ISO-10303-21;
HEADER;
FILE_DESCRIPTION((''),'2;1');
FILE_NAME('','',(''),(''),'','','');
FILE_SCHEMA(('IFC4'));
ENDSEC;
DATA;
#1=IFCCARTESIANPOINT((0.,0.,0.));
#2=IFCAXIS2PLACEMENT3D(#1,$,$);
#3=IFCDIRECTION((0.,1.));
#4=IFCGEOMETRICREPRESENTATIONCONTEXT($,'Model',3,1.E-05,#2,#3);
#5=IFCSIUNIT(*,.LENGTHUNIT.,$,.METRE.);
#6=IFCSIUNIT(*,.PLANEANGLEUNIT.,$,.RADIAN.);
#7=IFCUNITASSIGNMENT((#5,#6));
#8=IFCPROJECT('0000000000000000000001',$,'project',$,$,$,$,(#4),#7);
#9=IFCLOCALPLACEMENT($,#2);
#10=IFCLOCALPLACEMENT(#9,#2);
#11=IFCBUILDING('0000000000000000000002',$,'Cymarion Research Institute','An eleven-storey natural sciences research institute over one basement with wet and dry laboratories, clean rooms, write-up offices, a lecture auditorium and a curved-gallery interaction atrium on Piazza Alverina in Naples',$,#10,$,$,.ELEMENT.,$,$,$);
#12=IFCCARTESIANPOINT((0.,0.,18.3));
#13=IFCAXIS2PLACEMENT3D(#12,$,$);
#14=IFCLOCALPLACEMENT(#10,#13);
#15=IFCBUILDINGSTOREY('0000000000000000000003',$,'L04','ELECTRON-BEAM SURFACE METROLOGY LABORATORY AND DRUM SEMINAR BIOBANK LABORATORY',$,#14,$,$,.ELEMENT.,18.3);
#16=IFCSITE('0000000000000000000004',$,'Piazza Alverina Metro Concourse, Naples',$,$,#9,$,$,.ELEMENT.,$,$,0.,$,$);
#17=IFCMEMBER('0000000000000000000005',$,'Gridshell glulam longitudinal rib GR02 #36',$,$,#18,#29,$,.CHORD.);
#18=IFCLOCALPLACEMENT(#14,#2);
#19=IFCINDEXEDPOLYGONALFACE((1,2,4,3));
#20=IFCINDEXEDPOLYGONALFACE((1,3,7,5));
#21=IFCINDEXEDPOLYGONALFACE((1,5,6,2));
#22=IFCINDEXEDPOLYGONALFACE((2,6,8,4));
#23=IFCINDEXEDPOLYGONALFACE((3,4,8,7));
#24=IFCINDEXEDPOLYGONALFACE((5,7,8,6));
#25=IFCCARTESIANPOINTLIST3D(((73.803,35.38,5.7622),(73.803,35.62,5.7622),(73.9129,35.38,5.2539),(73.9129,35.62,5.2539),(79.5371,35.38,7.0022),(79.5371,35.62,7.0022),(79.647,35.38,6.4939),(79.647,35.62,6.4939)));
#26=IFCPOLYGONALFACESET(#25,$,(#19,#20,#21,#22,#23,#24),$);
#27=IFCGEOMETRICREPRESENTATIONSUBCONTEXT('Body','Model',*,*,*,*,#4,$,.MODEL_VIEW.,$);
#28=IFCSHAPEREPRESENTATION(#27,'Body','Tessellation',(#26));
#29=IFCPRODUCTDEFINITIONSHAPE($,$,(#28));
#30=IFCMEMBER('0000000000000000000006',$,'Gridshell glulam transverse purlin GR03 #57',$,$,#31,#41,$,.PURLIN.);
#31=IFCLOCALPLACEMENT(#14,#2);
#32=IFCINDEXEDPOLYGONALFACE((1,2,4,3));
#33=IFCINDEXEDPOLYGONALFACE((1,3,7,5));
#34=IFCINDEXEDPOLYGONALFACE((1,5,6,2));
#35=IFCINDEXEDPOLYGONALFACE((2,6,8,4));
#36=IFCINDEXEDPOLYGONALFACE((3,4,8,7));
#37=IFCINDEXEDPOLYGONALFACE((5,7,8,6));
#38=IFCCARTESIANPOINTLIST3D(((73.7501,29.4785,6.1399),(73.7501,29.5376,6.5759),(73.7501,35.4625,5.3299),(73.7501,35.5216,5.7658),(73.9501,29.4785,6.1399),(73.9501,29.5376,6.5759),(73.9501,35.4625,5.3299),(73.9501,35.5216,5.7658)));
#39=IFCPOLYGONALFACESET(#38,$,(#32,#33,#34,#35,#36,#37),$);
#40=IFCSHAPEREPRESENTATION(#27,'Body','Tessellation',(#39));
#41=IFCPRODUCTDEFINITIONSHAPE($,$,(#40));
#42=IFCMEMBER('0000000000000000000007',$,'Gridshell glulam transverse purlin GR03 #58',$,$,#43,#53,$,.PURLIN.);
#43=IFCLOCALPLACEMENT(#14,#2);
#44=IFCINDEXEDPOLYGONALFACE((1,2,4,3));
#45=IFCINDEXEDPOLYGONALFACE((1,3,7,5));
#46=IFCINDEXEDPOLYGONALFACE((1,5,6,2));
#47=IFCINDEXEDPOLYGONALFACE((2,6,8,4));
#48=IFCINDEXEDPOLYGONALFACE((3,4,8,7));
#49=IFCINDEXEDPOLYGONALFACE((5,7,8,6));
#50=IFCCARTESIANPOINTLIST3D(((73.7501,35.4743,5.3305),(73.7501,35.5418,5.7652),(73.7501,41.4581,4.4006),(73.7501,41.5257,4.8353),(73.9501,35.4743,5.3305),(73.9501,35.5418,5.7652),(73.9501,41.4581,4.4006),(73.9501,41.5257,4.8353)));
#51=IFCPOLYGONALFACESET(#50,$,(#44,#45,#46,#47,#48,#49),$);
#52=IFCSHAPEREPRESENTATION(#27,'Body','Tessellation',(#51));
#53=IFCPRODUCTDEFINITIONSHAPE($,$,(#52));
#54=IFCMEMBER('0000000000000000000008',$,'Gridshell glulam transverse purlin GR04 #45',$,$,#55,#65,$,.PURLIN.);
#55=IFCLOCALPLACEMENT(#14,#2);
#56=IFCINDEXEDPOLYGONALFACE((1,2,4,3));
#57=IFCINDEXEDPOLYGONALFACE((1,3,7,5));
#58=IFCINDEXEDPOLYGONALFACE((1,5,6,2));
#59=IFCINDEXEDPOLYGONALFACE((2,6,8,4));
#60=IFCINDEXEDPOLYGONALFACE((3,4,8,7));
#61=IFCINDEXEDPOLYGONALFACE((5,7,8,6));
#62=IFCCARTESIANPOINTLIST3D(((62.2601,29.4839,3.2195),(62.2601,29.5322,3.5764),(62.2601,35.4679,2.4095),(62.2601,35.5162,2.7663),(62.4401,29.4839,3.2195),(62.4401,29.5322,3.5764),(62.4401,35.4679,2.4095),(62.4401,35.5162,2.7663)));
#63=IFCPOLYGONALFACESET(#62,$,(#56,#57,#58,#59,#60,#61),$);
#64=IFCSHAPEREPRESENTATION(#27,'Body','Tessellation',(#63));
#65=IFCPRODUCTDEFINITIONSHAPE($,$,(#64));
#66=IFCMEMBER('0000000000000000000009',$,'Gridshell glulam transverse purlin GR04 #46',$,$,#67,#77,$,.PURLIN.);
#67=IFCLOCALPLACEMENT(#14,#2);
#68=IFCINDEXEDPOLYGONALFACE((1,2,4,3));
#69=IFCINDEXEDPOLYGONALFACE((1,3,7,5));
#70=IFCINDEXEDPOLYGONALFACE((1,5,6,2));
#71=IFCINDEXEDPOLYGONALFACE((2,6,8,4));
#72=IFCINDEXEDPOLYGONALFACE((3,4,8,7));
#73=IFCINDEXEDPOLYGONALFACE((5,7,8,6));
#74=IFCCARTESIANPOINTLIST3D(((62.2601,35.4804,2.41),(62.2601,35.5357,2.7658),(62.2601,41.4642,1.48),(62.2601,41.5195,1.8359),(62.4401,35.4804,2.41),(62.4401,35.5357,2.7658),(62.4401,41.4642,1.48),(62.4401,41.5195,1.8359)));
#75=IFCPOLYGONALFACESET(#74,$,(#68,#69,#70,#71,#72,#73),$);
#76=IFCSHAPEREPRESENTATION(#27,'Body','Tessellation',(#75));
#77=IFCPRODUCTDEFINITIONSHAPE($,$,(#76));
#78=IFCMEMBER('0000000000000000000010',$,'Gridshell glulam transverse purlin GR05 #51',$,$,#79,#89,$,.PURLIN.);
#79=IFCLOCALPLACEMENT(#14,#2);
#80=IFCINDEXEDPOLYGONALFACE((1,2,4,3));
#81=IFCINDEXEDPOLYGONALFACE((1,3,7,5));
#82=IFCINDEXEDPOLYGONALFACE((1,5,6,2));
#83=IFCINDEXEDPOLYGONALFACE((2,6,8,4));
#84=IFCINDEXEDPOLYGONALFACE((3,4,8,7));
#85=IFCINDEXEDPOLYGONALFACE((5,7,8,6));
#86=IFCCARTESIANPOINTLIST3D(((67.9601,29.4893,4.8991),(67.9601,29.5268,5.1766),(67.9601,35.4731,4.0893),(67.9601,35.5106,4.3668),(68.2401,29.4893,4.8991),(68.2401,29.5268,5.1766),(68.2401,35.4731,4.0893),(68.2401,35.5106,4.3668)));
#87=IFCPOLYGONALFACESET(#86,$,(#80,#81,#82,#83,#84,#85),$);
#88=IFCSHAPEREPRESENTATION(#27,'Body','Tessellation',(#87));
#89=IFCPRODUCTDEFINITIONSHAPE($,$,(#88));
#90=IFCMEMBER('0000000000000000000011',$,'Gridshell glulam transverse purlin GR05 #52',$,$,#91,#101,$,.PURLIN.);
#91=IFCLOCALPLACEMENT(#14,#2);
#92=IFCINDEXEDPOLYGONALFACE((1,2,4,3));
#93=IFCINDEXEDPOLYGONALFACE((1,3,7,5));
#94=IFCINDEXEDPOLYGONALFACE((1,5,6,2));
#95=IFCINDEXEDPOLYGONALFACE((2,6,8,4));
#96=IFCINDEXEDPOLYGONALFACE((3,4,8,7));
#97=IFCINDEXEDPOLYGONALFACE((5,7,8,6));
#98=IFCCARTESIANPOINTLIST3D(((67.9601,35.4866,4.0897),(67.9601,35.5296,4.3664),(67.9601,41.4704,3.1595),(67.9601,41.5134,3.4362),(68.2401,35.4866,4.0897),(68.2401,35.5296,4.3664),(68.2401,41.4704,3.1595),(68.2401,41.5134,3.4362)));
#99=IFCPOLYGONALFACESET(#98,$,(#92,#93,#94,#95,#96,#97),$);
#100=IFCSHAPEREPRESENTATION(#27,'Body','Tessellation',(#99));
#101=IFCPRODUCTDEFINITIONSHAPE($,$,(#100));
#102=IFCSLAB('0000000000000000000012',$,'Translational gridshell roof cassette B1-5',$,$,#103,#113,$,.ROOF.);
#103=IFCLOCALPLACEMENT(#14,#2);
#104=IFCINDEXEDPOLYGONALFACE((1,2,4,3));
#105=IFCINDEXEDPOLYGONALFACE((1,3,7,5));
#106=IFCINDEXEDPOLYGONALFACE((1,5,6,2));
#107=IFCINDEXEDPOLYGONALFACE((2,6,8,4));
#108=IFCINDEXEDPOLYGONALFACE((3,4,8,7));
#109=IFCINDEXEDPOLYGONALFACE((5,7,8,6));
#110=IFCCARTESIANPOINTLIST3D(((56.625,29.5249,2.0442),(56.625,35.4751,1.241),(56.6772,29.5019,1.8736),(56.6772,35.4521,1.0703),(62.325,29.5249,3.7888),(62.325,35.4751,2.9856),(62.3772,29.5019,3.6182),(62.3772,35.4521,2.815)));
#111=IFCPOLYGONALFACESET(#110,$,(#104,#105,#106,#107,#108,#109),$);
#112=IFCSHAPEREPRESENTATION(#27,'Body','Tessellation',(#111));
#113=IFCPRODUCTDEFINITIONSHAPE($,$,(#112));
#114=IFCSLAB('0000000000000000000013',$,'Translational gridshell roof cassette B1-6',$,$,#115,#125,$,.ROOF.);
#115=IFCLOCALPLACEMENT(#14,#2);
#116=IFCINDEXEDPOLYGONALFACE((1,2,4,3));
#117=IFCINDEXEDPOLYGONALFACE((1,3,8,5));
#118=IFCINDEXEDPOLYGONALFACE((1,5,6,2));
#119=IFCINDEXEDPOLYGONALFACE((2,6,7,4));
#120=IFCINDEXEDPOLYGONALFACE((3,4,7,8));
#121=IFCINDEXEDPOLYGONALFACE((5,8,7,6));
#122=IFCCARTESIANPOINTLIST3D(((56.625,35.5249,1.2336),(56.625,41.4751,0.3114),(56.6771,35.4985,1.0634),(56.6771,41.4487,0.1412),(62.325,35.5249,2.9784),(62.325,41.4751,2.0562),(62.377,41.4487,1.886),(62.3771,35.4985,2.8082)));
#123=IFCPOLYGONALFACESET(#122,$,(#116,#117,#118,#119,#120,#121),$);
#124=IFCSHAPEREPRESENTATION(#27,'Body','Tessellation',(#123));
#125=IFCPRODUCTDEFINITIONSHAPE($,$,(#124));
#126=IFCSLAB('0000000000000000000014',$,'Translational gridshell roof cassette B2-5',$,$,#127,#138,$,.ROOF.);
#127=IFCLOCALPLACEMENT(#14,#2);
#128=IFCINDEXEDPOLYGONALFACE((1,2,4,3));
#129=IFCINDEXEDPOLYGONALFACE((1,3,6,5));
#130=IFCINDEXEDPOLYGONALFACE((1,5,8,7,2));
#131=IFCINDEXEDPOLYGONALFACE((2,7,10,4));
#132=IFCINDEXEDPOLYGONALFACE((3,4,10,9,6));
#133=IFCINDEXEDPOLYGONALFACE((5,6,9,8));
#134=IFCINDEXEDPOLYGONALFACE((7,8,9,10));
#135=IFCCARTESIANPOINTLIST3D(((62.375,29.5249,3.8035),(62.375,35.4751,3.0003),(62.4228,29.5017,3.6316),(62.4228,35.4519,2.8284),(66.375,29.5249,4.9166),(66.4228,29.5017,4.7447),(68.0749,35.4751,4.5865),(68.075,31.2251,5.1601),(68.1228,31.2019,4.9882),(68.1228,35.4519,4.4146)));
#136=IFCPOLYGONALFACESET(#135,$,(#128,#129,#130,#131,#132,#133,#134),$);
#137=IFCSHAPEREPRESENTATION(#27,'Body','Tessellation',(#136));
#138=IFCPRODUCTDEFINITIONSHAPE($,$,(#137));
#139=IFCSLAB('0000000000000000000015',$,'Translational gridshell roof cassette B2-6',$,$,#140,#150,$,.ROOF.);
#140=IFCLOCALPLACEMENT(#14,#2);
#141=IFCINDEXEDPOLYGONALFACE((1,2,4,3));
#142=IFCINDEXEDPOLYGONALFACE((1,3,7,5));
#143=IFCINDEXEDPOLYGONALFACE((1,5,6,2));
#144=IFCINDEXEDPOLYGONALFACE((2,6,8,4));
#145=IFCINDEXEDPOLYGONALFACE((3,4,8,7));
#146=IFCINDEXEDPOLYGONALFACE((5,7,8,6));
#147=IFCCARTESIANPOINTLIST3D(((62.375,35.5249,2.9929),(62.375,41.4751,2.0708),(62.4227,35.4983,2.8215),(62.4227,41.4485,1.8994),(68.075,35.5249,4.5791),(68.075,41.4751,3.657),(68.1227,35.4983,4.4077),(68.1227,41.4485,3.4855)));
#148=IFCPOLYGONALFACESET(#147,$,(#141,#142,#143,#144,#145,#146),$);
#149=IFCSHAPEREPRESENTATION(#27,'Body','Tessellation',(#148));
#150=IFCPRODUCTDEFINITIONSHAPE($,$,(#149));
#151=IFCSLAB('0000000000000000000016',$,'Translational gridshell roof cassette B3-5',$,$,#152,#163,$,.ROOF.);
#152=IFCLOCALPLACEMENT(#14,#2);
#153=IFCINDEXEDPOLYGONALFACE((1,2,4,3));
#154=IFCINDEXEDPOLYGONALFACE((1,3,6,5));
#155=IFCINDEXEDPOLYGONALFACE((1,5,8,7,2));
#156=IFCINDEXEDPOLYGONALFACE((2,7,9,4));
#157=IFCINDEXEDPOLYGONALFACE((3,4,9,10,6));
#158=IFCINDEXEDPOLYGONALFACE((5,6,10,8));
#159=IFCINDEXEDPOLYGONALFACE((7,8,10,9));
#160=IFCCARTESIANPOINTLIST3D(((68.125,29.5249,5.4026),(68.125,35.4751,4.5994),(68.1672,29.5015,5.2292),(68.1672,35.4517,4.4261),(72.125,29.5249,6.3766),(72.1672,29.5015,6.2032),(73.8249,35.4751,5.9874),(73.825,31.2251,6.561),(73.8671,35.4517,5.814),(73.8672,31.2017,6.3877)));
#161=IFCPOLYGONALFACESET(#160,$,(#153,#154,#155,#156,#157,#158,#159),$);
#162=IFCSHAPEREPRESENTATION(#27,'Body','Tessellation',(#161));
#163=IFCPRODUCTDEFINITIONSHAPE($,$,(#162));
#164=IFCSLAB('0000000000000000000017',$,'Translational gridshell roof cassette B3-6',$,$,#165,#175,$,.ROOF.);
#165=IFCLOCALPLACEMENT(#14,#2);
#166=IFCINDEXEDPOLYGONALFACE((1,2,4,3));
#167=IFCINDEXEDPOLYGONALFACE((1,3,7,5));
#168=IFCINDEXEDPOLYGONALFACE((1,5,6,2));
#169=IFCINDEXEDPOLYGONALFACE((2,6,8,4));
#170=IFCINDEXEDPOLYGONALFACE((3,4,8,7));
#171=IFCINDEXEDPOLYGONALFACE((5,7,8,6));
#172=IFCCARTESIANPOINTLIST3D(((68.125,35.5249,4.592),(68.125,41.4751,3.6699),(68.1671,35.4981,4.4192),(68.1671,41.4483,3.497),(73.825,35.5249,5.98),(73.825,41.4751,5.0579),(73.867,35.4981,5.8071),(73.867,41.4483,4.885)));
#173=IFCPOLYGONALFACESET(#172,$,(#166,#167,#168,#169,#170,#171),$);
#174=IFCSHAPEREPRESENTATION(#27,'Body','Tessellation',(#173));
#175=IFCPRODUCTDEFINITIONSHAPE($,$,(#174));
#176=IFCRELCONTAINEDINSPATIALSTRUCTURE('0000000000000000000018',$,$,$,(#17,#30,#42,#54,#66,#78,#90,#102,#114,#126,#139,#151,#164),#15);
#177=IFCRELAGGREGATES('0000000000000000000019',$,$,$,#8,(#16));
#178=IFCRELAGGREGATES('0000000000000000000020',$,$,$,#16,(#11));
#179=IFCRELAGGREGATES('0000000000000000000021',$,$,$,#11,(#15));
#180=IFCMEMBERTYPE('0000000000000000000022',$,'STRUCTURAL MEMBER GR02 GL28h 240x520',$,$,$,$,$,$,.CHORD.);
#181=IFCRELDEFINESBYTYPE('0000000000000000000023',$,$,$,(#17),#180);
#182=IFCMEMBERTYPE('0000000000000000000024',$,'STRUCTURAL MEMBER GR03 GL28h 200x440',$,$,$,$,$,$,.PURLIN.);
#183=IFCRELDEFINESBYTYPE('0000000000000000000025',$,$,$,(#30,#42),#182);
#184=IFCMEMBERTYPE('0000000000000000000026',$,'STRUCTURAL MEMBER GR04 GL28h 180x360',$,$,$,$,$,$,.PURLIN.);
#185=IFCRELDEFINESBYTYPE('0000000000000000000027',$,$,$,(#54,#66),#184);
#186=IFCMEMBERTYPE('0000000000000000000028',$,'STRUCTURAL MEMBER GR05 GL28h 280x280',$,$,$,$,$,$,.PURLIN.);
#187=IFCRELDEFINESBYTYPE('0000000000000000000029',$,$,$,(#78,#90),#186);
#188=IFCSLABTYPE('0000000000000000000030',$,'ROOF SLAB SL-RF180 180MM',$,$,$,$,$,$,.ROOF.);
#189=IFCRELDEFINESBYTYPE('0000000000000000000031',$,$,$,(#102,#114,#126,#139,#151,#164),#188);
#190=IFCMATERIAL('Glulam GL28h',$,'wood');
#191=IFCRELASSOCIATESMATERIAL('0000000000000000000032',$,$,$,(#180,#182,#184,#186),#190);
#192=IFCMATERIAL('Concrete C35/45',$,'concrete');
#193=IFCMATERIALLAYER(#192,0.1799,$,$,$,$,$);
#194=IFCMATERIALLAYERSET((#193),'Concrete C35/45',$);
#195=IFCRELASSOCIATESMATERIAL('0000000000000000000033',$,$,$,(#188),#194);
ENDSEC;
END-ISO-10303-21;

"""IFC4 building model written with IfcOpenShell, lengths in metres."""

from ifc_helpers import new_model, si_unit, direction, frame, origin, origin_2d, place, context, subcontext, project, spatial, polyline, rectangle, outline, extrude, material, layer, layer_set, material_profile, profile_set, type_object, element, save


model = new_model("IFC4")

# Units and contexts
model_context = context("Model", 3, precision=1e-05, world=origin(), true_north=direction((0.0, 1.0)))
body_context = subcontext(model_context, "Body", "Model", "MODEL_VIEW")
ifc_project = project(units=[si_unit("LENGTHUNIT", "METRE"), si_unit("PLANEANGLEUNIT", "RADIAN")], contexts=[model_context])

# Site, building, storey
site_placement = place(None, origin())
site = spatial("IfcSite", under=ifc_project, at=site_placement, Name="Piazza Alverina Metro Concourse, Naples", CompositionType="ELEMENT", RefElevation=0.0)
building_placement = place(site_placement, origin())
building = spatial("IfcBuilding", under=site, at=building_placement, Name="Cymarion Research Institute", Description="An eleven-storey natural sciences research institute over one basement with wet and dry laboratories, clean rooms, write-up offices, a lecture auditorium and a curved-gallery interaction atrium on Piazza Alverina in Naples", CompositionType="ELEMENT")
storey_placement = place(building_placement, frame((0.0, 0.0, 18.3)))
storey = spatial("IfcBuildingStorey", under=building, at=storey_placement, Name="L04", Description="ELECTRON-BEAM SURFACE METROLOGY LABORATORY AND DRUM SEMINAR BIOBANK LABORATORY", CompositionType="ELEMENT", Elevation=18.3)

# Members
ifc_material_1 = material(Name="Glulam GL28h", Category="wood")
ifc_material_profile_1 = material_profile(ifc_material_1, rectangle(XDim=0.24, YDim=0.52, at=origin_2d()), Name="GL28h 240x520")
ifc_profile_set_1 = profile_set([ifc_material_profile_1], Name="Glulam GL28h")
member_type_1 = type_object("IfcMemberType", Name="STRUCTURAL MEMBER GR02 GL28h 240x520", PredefinedType="CHORD", material=ifc_profile_set_1)
member_1_placement = place(storey_placement, frame((73.8579, 35.5, 5.5081), z_axis=(0.977408, 0.0, 0.211362), x_axis=(0.0, 1.0, 0.0)))
element("IfcMember", 1, at=member_1_placement, inside=storey, type_object=member_type_1, Name="Gridshell glulam longitudinal rib GR02 #36", PredefinedType="CHORD", context=body_context, shape_type="SweptSolid", body=[
    extrude(rectangle(XDim=0.24, YDim=0.52, at=origin_2d()), origin(), (0.0, 0.0, 1.0), 5.8667),
])
ifc_material_profile_2 = material_profile(ifc_material_1, rectangle(XDim=0.2, YDim=0.4399, at=origin_2d()), Name="GL28h 200x440")
ifc_profile_set_2 = profile_set([ifc_material_profile_2], Name="Glulam GL28h")
member_type_2 = type_object("IfcMemberType", Name="STRUCTURAL MEMBER GR03 GL28h 200x440", PredefinedType="PURLIN", material=ifc_profile_set_2)
member_2_placement = place(storey_placement, frame((73.8501, 29.5081, 6.3579), z_axis=(0.0, 0.990961, -0.13415), x_axis=(-1.0, 0.0, 0.0)))
element("IfcMember", 2, at=member_2_placement, inside=storey, type_object=member_type_2, Name="Gridshell glulam transverse purlin GR03 #57", PredefinedType="PURLIN", context=body_context, shape_type="SweptSolid", body=[
    extrude(rectangle(XDim=0.2, YDim=0.4399, at=origin_2d()), origin(), (0.0, 0.0, 1.0), 6.0386),
])
member_3_placement = place(storey_placement, frame((73.8501, 35.5081, 5.5479), z_axis=(0.0, 0.988139, -0.153563), x_axis=(-1.0, 0.0, 0.0)))
element("IfcMember", 3, at=member_3_placement, inside=storey, type_object=member_type_2, Name="Gridshell glulam transverse purlin GR03 #58", PredefinedType="PURLIN", context=body_context, shape_type="SweptSolid", body=[
    extrude(rectangle(XDim=0.2, YDim=0.4399, at=origin_2d()), origin(), (0.0, 0.0, 1.0), 6.0557),
])
ifc_material_profile_3 = material_profile(ifc_material_1, rectangle(XDim=0.1799, YDim=0.3601, at=origin_2d()), Name="GL28h 180x360")
ifc_profile_set_3 = profile_set([ifc_material_profile_3], Name="Glulam GL28h")
member_type_3 = type_object("IfcMemberType", Name="STRUCTURAL MEMBER GR04 GL28h 180x360", PredefinedType="PURLIN", material=ifc_profile_set_3)
member_4_placement = place(storey_placement, frame((62.3501, 29.5081, 3.3979), z_axis=(0.0, 0.990961, -0.13415), x_axis=(-1.0, 0.0, 0.0)))
element("IfcMember", 4, at=member_4_placement, inside=storey, type_object=member_type_3, Name="Gridshell glulam transverse purlin GR04 #45", PredefinedType="PURLIN", context=body_context, shape_type="SweptSolid", body=[
    extrude(rectangle(XDim=0.1799, YDim=0.3601, at=origin_2d()), origin(), (0.0, 0.0, 1.0), 6.0386),
])
member_5_placement = place(storey_placement, frame((62.3501, 35.5081, 2.5879), z_axis=(0.0, 0.988139, -0.153563), x_axis=(-1.0, 0.0, 0.0)))
element("IfcMember", 5, at=member_5_placement, inside=storey, type_object=member_type_3, Name="Gridshell glulam transverse purlin GR04 #46", PredefinedType="PURLIN", context=body_context, shape_type="SweptSolid", body=[
    extrude(rectangle(XDim=0.1799, YDim=0.3601, at=origin_2d()), origin(), (0.0, 0.0, 1.0), 6.0557),
])
ifc_material_profile_4 = material_profile(ifc_material_1, rectangle(XDim=0.28, YDim=0.28, at=origin_2d()), Name="GL28h 280x280")
ifc_profile_set_4 = profile_set([ifc_material_profile_4], Name="Glulam GL28h")
member_type_4 = type_object("IfcMemberType", Name="STRUCTURAL MEMBER GR05 GL28h 280x280", PredefinedType="PURLIN", material=ifc_profile_set_4)
member_6_placement = place(storey_placement, frame((68.1001, 29.5081, 5.0378), z_axis=(0.0, 0.990966, -0.13411), x_axis=(-1.0, 0.0, 0.0)))
element("IfcMember", 6, at=member_6_placement, inside=storey, type_object=member_type_4, Name="Gridshell glulam transverse purlin GR05 #51", PredefinedType="PURLIN", context=body_context, shape_type="SweptSolid", body=[
    extrude(rectangle(XDim=0.28, YDim=0.28, at=origin_2d()), origin(), (0.0, 0.0, 1.0), 6.0383),
])
member_7_placement = place(storey_placement, frame((68.1001, 35.5081, 4.228), z_axis=(0.0, 0.988133, -0.153602), x_axis=(-1.0, 0.0, 0.0)))
element("IfcMember", 7, at=member_7_placement, inside=storey, type_object=member_type_4, Name="Gridshell glulam transverse purlin GR05 #52", PredefinedType="PURLIN", context=body_context, shape_type="SweptSolid", body=[
    extrude(rectangle(XDim=0.28, YDim=0.28, at=origin_2d()), origin(), (0.0, 0.0, 1.0), 6.0557),
])

# Slabs
ifc_material_2 = material(Name="Concrete C35/45", Category="concrete")
ifc_layer_1 = layer(ifc_material_2, 0.1799)
ifc_layer_set_1 = layer_set([ifc_layer_1], Name="Concrete C35/45")
slab_type = type_object("IfcSlabType", Name="ROOF SLAB SL-RF180 180MM", PredefinedType="ROOF", material=ifc_layer_set_1)
slab_1_placement = place(storey_placement, frame((56.625, 29.5249, 2.0442), z_axis=(-0.290267, 0.128018, 0.948344), x_axis=(0.956212, 0.0, 0.292675)))
element("IfcSlab", 8, at=slab_1_placement, inside=storey, type_object=slab_type, Name="Translational gridshell roof cassette B1-5", PredefinedType="ROOF", context=body_context, shape_type="SweptSolid", body=[
    extrude(outline(polyline([(0.0, 0.0), (5.961, 0.0), (5.7259, 5.9996), (-0.2351, 5.9996), (0.0, 0.0)])), origin(), (0.0, 0.0, -1.0), 0.1799),
])
slab_2_placement = place(storey_placement, frame((56.625, 35.5249, 1.2336), z_axis=(-0.289532, 0.146604, 0.945875), x_axis=(0.956206, -0.000003, 0.292694)))
element("IfcSlab", 9, at=slab_2_placement, inside=storey, type_object=slab_type, Name="Translational gridshell roof cassette B1-6", PredefinedType="ROOF", context=body_context, shape_type="SweptSolid", body=[
    extrude(outline(polyline([(0.0, 0.0), (5.961, 0.0), (5.6911, 6.0152), (-0.2699, 6.0152), (0.0, 0.0)])), origin(), (0.0, 0.0, -1.0), 0.1799),
])
slab_3_placement = place(storey_placement, frame((62.375, 29.5249, 3.8035), z_axis=(-0.265854, 0.128957, 0.955349), x_axis=(0.963393, 0.000002, 0.268092)))
element("IfcSlab", 10, at=slab_3_placement, inside=storey, type_object=slab_type, Name="Translational gridshell roof cassette B2-5", PredefinedType="ROOF", context=body_context, shape_type="SweptSolid", body=[
    extrude(outline(polyline([(0.0, 0.0), (4.152, 0.0), (5.855, 1.7145), (5.7012, 6.0003), (-0.2153, 6.0003), (0.0, 0.0)])), origin(), (0.0, 0.0, -1.0), 0.1799),
])
slab_4_placement = place(storey_placement, frame((62.375, 35.5249, 2.9929), z_axis=(-0.265154, 0.147663, 0.952832), x_axis=(0.963393, 0.0, 0.268093)))
element("IfcSlab", 11, at=slab_4_placement, inside=storey, type_object=slab_type, Name="Translational gridshell roof cassette B2-6", PredefinedType="ROOF", context=body_context, shape_type="SweptSolid", body=[
    extrude(outline(polyline([(0.0, 0.0), (5.9165, 0.0), (5.6693, 6.0161), (-0.2472, 6.0161), (0.0, 0.0)])), origin(), (0.0, 0.0, -1.0), 0.1799),
])
slab_5_placement = place(storey_placement, frame((68.125, 29.5249, 5.4026), z_axis=(-0.234577, 0.130035, 0.963361), x_axis=(0.971611, 0.000004, 0.236585)))
element("IfcSlab", 12, at=slab_5_placement, inside=storey, type_object=slab_type, Name="Translational gridshell roof cassette B3-5", PredefinedType="ROOF", context=body_context, shape_type="SweptSolid", body=[
    extrude(outline(polyline([(0.0, 0.0), (4.1168, 0.0), (5.8122, 1.7147), (5.6765, 6.0011), (-0.19, 6.0012), (0.0, 0.0)])), origin(), (0.0, 0.0, -1.0), 0.1799),
])
slab_6_placement = place(storey_placement, frame((68.125, 35.5249, 4.592), z_axis=(-0.23395, 0.148895, 0.96078), x_axis=(0.97161, 0.0, 0.236587)))
element("IfcSlab", 13, at=slab_6_placement, inside=storey, type_object=slab_type, Name="Translational gridshell roof cassette B3-6", PredefinedType="ROOF", context=body_context, shape_type="SweptSolid", body=[
    extrude(outline(polyline([(0.0, 0.0), (5.8665, 0.0), (5.6483, 6.0173), (-0.2182, 6.0173), (0.0, 0.0)])), origin(), (0.0, 0.0, -1.0), 0.1799),
])

save(model, "model.ifc")
